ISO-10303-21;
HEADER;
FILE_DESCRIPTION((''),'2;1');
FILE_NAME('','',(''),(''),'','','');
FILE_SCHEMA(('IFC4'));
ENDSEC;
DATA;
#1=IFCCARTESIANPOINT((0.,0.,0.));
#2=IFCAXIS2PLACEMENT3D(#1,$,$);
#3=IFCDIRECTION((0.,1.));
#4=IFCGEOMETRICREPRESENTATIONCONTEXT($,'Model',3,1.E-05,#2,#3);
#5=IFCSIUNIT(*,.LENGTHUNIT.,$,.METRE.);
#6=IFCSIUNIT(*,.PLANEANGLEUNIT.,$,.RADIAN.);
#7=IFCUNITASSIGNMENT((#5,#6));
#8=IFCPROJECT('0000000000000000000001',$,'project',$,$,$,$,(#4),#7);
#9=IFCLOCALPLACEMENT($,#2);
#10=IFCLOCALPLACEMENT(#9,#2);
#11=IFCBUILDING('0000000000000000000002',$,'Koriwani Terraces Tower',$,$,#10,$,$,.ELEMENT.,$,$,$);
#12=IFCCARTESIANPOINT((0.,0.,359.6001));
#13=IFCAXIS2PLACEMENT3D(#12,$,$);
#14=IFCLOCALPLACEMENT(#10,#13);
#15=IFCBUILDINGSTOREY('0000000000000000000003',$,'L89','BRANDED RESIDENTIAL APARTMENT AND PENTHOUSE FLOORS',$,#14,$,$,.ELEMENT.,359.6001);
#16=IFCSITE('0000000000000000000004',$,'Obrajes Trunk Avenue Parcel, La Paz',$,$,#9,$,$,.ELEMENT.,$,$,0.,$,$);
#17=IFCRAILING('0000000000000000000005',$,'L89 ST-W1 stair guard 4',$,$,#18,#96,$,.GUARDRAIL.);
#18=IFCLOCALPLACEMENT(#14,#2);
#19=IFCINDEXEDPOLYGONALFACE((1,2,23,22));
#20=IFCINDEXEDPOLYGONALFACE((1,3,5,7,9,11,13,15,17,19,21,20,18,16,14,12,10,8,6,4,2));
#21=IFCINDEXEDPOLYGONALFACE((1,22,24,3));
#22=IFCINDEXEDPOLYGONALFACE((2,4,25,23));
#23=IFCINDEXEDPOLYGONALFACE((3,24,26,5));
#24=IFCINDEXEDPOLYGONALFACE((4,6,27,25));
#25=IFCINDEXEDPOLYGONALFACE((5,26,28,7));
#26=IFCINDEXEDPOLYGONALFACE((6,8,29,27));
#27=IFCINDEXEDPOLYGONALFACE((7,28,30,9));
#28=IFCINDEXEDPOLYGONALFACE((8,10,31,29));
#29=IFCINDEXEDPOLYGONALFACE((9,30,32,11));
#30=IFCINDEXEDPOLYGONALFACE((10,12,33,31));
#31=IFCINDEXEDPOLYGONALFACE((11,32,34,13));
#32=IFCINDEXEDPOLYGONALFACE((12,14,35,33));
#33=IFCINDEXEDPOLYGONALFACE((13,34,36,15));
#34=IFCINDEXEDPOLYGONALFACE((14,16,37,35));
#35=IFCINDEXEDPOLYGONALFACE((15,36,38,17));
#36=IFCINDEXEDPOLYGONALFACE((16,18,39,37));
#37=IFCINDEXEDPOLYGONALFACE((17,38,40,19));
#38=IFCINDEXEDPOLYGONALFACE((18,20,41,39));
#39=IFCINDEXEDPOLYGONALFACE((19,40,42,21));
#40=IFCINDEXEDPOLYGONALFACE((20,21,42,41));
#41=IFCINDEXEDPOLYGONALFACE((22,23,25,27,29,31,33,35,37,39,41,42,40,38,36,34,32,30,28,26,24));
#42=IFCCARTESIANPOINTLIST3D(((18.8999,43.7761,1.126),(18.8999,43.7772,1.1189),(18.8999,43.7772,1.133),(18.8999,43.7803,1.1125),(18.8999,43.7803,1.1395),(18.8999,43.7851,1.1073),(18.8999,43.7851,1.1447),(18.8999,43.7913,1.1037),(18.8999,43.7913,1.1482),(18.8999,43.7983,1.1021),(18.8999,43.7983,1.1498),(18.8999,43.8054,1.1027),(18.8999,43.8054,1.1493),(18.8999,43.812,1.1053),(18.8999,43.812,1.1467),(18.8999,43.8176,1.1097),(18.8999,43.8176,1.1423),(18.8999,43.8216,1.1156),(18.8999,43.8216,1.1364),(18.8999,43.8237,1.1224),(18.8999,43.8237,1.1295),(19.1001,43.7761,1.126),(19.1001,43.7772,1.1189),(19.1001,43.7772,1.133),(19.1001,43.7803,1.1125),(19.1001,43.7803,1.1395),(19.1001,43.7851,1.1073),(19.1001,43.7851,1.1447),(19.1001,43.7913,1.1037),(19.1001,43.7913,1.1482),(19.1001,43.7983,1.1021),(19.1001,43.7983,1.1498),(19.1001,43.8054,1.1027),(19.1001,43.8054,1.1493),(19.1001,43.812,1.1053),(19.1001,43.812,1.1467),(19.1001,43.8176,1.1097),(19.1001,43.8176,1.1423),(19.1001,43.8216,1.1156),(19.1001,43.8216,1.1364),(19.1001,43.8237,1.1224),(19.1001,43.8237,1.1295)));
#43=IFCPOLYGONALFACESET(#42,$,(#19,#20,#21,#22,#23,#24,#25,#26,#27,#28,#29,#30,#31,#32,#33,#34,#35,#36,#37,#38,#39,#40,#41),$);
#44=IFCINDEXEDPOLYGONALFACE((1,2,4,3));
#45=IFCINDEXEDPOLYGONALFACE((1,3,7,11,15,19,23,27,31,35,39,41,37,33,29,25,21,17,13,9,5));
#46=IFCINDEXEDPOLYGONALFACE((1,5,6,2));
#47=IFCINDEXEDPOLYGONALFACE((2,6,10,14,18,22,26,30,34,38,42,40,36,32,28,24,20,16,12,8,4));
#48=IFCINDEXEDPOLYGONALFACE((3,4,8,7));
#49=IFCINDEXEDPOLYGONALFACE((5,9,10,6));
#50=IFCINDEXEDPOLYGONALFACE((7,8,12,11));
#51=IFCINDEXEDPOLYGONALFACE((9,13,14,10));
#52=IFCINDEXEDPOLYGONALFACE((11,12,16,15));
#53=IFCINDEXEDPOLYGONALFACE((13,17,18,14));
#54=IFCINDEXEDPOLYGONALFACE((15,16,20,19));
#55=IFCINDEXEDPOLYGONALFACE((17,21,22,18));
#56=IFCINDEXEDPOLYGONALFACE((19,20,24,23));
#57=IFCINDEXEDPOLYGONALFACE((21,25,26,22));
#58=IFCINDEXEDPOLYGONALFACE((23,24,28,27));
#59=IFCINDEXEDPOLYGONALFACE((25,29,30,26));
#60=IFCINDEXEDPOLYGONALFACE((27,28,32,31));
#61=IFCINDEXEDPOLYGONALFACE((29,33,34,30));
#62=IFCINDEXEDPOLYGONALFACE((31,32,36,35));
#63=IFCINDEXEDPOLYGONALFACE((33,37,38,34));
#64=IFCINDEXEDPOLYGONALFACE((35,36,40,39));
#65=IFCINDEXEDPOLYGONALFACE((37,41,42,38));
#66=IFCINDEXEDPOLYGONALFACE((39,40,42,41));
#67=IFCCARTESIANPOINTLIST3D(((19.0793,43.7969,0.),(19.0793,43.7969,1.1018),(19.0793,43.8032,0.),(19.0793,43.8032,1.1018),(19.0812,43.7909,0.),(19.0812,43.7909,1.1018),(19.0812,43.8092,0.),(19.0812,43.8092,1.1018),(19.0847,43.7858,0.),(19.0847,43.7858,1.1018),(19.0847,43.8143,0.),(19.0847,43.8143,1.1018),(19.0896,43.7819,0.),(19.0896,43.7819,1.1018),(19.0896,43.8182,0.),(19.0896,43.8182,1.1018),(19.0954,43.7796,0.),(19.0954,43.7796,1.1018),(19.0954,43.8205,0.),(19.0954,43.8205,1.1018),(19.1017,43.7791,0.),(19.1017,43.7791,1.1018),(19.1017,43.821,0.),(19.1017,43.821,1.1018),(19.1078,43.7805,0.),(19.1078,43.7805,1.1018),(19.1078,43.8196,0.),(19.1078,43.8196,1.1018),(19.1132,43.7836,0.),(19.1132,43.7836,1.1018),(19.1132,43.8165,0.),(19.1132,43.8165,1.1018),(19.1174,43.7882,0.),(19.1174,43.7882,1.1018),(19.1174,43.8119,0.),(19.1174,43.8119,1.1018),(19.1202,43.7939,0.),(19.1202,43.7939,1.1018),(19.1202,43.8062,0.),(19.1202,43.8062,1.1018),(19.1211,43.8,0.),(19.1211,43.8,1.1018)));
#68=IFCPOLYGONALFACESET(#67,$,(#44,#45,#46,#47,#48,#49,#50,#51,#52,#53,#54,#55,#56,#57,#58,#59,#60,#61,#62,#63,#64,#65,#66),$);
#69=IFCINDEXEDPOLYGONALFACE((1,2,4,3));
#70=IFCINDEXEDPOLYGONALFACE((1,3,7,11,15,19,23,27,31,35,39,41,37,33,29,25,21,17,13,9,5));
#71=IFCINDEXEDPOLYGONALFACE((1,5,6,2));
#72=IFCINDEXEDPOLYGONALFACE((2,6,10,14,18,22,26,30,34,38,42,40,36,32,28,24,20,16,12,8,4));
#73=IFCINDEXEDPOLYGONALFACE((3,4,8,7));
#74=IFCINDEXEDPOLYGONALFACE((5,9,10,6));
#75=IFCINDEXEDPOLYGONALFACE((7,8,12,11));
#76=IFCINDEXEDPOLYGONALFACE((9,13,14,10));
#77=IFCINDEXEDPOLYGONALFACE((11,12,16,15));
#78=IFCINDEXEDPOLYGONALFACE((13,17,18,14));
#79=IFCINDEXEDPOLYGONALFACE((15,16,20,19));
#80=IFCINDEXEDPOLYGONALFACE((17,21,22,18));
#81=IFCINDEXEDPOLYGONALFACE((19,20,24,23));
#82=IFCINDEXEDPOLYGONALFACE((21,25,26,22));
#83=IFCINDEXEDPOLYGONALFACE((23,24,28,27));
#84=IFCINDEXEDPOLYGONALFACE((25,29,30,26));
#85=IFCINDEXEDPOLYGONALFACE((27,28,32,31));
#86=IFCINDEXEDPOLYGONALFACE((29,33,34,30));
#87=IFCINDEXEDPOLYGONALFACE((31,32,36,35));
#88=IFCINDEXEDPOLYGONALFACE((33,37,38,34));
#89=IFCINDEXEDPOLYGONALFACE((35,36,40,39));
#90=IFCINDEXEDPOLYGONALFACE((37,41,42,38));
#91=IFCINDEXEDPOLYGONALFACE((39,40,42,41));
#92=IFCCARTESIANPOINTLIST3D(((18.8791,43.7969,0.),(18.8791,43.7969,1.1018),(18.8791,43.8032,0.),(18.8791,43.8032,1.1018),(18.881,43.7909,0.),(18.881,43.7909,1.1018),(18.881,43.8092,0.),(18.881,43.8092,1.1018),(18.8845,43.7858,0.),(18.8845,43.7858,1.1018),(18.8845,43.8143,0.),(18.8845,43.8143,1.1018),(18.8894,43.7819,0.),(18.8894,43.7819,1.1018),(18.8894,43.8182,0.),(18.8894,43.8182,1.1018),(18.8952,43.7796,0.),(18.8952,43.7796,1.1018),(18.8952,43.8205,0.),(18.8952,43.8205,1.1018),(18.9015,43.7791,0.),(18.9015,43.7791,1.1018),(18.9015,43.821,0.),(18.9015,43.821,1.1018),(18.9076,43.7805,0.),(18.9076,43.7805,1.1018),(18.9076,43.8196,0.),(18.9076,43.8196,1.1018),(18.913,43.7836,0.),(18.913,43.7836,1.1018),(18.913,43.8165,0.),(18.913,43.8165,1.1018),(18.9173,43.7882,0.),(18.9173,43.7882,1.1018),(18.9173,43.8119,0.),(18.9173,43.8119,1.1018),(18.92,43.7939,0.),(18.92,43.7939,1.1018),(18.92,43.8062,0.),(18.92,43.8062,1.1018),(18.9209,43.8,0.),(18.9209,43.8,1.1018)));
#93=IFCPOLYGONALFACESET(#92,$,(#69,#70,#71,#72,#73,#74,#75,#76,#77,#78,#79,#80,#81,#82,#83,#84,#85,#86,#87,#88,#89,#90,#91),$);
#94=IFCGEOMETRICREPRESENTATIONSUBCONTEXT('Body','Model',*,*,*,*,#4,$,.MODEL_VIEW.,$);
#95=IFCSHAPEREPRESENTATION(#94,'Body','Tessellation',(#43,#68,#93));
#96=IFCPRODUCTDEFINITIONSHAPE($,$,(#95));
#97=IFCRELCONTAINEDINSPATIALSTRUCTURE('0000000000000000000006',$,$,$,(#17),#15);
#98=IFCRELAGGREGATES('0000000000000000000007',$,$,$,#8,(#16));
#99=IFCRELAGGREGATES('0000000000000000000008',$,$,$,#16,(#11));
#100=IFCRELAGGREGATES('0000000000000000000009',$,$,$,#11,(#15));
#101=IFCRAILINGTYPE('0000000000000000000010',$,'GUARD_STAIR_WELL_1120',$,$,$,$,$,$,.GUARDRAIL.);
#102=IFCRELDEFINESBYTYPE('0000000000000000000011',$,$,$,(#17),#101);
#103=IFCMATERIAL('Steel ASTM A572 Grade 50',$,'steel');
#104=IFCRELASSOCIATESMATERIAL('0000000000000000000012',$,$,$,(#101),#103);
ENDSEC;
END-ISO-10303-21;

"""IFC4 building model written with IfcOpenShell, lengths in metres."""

from ifc_helpers import new_model, si_unit, direction, frame, origin, origin_2d, place, context, subcontext, project, spatial, circle, extrude, material, type_object, element, save


model = new_model("IFC4")

# Units and contexts
model_context = context("Model", 3, precision=1e-05, world=origin(), true_north=direction((0.0, 1.0)))
body_context = subcontext(model_context, "Body", "Model", "MODEL_VIEW")
ifc_project = project(units=[si_unit("LENGTHUNIT", "METRE"), si_unit("PLANEANGLEUNIT", "RADIAN")], contexts=[model_context])

# Site, building, storey
site_placement = place(None, origin())
site = spatial("IfcSite", under=ifc_project, at=site_placement, Name="Obrajes Trunk Avenue Parcel, La Paz", CompositionType="ELEMENT", RefElevation=0.0)
building_placement = place(site_placement, origin())
building = spatial("IfcBuilding", under=site, at=building_placement, Name="Koriwani Terraces Tower", CompositionType="ELEMENT")
storey_placement = place(building_placement, frame((0.0, 0.0, 359.6001)))
storey = spatial("IfcBuildingStorey", under=building, at=storey_placement, Name="L89", Description="BRANDED RESIDENTIAL APARTMENT AND PENTHOUSE FLOORS", CompositionType="ELEMENT", Elevation=359.6001)

# Shared definitions
ifc_material_1 = material(Name="Steel ASTM A572 Grade 50", Category="steel")

# Railing
railing_type_1 = type_object("IfcRailingType", Name="GUARD_STAIR_WELL_1120", PredefinedType="GUARDRAIL", material=ifc_material_1)
railing_1_placement = place(storey_placement, frame((19.1001, 43.8, 0.0)))
element("IfcRailing", 1, at=railing_1_placement, inside=storey, type_object=railing_type_1, Name="L89 ST-W1 stair guard 4", PredefinedType="GUARDRAIL", context=body_context, shape_type="SweptSolid", body=[
    extrude(circle(Radius=0.0239, at=origin_2d()), frame((0.0, 0.0, 1.126), z_axis=(-1.0, 0.0, 0.0), x_axis=(0.0, -1.0, 0.0)), (0.0, 0.0, 1.0), 0.2002),
    extrude(circle(Radius=0.021, at=origin_2d()), origin(), (0.0, 0.0, 1.0), 1.1018),
    extrude(circle(Radius=0.021, at=origin_2d()), frame((-0.2002, 0.0, 0.0)), (0.0, 0.0, 1.0), 1.1018),
])

save(model, "model.ifc")
